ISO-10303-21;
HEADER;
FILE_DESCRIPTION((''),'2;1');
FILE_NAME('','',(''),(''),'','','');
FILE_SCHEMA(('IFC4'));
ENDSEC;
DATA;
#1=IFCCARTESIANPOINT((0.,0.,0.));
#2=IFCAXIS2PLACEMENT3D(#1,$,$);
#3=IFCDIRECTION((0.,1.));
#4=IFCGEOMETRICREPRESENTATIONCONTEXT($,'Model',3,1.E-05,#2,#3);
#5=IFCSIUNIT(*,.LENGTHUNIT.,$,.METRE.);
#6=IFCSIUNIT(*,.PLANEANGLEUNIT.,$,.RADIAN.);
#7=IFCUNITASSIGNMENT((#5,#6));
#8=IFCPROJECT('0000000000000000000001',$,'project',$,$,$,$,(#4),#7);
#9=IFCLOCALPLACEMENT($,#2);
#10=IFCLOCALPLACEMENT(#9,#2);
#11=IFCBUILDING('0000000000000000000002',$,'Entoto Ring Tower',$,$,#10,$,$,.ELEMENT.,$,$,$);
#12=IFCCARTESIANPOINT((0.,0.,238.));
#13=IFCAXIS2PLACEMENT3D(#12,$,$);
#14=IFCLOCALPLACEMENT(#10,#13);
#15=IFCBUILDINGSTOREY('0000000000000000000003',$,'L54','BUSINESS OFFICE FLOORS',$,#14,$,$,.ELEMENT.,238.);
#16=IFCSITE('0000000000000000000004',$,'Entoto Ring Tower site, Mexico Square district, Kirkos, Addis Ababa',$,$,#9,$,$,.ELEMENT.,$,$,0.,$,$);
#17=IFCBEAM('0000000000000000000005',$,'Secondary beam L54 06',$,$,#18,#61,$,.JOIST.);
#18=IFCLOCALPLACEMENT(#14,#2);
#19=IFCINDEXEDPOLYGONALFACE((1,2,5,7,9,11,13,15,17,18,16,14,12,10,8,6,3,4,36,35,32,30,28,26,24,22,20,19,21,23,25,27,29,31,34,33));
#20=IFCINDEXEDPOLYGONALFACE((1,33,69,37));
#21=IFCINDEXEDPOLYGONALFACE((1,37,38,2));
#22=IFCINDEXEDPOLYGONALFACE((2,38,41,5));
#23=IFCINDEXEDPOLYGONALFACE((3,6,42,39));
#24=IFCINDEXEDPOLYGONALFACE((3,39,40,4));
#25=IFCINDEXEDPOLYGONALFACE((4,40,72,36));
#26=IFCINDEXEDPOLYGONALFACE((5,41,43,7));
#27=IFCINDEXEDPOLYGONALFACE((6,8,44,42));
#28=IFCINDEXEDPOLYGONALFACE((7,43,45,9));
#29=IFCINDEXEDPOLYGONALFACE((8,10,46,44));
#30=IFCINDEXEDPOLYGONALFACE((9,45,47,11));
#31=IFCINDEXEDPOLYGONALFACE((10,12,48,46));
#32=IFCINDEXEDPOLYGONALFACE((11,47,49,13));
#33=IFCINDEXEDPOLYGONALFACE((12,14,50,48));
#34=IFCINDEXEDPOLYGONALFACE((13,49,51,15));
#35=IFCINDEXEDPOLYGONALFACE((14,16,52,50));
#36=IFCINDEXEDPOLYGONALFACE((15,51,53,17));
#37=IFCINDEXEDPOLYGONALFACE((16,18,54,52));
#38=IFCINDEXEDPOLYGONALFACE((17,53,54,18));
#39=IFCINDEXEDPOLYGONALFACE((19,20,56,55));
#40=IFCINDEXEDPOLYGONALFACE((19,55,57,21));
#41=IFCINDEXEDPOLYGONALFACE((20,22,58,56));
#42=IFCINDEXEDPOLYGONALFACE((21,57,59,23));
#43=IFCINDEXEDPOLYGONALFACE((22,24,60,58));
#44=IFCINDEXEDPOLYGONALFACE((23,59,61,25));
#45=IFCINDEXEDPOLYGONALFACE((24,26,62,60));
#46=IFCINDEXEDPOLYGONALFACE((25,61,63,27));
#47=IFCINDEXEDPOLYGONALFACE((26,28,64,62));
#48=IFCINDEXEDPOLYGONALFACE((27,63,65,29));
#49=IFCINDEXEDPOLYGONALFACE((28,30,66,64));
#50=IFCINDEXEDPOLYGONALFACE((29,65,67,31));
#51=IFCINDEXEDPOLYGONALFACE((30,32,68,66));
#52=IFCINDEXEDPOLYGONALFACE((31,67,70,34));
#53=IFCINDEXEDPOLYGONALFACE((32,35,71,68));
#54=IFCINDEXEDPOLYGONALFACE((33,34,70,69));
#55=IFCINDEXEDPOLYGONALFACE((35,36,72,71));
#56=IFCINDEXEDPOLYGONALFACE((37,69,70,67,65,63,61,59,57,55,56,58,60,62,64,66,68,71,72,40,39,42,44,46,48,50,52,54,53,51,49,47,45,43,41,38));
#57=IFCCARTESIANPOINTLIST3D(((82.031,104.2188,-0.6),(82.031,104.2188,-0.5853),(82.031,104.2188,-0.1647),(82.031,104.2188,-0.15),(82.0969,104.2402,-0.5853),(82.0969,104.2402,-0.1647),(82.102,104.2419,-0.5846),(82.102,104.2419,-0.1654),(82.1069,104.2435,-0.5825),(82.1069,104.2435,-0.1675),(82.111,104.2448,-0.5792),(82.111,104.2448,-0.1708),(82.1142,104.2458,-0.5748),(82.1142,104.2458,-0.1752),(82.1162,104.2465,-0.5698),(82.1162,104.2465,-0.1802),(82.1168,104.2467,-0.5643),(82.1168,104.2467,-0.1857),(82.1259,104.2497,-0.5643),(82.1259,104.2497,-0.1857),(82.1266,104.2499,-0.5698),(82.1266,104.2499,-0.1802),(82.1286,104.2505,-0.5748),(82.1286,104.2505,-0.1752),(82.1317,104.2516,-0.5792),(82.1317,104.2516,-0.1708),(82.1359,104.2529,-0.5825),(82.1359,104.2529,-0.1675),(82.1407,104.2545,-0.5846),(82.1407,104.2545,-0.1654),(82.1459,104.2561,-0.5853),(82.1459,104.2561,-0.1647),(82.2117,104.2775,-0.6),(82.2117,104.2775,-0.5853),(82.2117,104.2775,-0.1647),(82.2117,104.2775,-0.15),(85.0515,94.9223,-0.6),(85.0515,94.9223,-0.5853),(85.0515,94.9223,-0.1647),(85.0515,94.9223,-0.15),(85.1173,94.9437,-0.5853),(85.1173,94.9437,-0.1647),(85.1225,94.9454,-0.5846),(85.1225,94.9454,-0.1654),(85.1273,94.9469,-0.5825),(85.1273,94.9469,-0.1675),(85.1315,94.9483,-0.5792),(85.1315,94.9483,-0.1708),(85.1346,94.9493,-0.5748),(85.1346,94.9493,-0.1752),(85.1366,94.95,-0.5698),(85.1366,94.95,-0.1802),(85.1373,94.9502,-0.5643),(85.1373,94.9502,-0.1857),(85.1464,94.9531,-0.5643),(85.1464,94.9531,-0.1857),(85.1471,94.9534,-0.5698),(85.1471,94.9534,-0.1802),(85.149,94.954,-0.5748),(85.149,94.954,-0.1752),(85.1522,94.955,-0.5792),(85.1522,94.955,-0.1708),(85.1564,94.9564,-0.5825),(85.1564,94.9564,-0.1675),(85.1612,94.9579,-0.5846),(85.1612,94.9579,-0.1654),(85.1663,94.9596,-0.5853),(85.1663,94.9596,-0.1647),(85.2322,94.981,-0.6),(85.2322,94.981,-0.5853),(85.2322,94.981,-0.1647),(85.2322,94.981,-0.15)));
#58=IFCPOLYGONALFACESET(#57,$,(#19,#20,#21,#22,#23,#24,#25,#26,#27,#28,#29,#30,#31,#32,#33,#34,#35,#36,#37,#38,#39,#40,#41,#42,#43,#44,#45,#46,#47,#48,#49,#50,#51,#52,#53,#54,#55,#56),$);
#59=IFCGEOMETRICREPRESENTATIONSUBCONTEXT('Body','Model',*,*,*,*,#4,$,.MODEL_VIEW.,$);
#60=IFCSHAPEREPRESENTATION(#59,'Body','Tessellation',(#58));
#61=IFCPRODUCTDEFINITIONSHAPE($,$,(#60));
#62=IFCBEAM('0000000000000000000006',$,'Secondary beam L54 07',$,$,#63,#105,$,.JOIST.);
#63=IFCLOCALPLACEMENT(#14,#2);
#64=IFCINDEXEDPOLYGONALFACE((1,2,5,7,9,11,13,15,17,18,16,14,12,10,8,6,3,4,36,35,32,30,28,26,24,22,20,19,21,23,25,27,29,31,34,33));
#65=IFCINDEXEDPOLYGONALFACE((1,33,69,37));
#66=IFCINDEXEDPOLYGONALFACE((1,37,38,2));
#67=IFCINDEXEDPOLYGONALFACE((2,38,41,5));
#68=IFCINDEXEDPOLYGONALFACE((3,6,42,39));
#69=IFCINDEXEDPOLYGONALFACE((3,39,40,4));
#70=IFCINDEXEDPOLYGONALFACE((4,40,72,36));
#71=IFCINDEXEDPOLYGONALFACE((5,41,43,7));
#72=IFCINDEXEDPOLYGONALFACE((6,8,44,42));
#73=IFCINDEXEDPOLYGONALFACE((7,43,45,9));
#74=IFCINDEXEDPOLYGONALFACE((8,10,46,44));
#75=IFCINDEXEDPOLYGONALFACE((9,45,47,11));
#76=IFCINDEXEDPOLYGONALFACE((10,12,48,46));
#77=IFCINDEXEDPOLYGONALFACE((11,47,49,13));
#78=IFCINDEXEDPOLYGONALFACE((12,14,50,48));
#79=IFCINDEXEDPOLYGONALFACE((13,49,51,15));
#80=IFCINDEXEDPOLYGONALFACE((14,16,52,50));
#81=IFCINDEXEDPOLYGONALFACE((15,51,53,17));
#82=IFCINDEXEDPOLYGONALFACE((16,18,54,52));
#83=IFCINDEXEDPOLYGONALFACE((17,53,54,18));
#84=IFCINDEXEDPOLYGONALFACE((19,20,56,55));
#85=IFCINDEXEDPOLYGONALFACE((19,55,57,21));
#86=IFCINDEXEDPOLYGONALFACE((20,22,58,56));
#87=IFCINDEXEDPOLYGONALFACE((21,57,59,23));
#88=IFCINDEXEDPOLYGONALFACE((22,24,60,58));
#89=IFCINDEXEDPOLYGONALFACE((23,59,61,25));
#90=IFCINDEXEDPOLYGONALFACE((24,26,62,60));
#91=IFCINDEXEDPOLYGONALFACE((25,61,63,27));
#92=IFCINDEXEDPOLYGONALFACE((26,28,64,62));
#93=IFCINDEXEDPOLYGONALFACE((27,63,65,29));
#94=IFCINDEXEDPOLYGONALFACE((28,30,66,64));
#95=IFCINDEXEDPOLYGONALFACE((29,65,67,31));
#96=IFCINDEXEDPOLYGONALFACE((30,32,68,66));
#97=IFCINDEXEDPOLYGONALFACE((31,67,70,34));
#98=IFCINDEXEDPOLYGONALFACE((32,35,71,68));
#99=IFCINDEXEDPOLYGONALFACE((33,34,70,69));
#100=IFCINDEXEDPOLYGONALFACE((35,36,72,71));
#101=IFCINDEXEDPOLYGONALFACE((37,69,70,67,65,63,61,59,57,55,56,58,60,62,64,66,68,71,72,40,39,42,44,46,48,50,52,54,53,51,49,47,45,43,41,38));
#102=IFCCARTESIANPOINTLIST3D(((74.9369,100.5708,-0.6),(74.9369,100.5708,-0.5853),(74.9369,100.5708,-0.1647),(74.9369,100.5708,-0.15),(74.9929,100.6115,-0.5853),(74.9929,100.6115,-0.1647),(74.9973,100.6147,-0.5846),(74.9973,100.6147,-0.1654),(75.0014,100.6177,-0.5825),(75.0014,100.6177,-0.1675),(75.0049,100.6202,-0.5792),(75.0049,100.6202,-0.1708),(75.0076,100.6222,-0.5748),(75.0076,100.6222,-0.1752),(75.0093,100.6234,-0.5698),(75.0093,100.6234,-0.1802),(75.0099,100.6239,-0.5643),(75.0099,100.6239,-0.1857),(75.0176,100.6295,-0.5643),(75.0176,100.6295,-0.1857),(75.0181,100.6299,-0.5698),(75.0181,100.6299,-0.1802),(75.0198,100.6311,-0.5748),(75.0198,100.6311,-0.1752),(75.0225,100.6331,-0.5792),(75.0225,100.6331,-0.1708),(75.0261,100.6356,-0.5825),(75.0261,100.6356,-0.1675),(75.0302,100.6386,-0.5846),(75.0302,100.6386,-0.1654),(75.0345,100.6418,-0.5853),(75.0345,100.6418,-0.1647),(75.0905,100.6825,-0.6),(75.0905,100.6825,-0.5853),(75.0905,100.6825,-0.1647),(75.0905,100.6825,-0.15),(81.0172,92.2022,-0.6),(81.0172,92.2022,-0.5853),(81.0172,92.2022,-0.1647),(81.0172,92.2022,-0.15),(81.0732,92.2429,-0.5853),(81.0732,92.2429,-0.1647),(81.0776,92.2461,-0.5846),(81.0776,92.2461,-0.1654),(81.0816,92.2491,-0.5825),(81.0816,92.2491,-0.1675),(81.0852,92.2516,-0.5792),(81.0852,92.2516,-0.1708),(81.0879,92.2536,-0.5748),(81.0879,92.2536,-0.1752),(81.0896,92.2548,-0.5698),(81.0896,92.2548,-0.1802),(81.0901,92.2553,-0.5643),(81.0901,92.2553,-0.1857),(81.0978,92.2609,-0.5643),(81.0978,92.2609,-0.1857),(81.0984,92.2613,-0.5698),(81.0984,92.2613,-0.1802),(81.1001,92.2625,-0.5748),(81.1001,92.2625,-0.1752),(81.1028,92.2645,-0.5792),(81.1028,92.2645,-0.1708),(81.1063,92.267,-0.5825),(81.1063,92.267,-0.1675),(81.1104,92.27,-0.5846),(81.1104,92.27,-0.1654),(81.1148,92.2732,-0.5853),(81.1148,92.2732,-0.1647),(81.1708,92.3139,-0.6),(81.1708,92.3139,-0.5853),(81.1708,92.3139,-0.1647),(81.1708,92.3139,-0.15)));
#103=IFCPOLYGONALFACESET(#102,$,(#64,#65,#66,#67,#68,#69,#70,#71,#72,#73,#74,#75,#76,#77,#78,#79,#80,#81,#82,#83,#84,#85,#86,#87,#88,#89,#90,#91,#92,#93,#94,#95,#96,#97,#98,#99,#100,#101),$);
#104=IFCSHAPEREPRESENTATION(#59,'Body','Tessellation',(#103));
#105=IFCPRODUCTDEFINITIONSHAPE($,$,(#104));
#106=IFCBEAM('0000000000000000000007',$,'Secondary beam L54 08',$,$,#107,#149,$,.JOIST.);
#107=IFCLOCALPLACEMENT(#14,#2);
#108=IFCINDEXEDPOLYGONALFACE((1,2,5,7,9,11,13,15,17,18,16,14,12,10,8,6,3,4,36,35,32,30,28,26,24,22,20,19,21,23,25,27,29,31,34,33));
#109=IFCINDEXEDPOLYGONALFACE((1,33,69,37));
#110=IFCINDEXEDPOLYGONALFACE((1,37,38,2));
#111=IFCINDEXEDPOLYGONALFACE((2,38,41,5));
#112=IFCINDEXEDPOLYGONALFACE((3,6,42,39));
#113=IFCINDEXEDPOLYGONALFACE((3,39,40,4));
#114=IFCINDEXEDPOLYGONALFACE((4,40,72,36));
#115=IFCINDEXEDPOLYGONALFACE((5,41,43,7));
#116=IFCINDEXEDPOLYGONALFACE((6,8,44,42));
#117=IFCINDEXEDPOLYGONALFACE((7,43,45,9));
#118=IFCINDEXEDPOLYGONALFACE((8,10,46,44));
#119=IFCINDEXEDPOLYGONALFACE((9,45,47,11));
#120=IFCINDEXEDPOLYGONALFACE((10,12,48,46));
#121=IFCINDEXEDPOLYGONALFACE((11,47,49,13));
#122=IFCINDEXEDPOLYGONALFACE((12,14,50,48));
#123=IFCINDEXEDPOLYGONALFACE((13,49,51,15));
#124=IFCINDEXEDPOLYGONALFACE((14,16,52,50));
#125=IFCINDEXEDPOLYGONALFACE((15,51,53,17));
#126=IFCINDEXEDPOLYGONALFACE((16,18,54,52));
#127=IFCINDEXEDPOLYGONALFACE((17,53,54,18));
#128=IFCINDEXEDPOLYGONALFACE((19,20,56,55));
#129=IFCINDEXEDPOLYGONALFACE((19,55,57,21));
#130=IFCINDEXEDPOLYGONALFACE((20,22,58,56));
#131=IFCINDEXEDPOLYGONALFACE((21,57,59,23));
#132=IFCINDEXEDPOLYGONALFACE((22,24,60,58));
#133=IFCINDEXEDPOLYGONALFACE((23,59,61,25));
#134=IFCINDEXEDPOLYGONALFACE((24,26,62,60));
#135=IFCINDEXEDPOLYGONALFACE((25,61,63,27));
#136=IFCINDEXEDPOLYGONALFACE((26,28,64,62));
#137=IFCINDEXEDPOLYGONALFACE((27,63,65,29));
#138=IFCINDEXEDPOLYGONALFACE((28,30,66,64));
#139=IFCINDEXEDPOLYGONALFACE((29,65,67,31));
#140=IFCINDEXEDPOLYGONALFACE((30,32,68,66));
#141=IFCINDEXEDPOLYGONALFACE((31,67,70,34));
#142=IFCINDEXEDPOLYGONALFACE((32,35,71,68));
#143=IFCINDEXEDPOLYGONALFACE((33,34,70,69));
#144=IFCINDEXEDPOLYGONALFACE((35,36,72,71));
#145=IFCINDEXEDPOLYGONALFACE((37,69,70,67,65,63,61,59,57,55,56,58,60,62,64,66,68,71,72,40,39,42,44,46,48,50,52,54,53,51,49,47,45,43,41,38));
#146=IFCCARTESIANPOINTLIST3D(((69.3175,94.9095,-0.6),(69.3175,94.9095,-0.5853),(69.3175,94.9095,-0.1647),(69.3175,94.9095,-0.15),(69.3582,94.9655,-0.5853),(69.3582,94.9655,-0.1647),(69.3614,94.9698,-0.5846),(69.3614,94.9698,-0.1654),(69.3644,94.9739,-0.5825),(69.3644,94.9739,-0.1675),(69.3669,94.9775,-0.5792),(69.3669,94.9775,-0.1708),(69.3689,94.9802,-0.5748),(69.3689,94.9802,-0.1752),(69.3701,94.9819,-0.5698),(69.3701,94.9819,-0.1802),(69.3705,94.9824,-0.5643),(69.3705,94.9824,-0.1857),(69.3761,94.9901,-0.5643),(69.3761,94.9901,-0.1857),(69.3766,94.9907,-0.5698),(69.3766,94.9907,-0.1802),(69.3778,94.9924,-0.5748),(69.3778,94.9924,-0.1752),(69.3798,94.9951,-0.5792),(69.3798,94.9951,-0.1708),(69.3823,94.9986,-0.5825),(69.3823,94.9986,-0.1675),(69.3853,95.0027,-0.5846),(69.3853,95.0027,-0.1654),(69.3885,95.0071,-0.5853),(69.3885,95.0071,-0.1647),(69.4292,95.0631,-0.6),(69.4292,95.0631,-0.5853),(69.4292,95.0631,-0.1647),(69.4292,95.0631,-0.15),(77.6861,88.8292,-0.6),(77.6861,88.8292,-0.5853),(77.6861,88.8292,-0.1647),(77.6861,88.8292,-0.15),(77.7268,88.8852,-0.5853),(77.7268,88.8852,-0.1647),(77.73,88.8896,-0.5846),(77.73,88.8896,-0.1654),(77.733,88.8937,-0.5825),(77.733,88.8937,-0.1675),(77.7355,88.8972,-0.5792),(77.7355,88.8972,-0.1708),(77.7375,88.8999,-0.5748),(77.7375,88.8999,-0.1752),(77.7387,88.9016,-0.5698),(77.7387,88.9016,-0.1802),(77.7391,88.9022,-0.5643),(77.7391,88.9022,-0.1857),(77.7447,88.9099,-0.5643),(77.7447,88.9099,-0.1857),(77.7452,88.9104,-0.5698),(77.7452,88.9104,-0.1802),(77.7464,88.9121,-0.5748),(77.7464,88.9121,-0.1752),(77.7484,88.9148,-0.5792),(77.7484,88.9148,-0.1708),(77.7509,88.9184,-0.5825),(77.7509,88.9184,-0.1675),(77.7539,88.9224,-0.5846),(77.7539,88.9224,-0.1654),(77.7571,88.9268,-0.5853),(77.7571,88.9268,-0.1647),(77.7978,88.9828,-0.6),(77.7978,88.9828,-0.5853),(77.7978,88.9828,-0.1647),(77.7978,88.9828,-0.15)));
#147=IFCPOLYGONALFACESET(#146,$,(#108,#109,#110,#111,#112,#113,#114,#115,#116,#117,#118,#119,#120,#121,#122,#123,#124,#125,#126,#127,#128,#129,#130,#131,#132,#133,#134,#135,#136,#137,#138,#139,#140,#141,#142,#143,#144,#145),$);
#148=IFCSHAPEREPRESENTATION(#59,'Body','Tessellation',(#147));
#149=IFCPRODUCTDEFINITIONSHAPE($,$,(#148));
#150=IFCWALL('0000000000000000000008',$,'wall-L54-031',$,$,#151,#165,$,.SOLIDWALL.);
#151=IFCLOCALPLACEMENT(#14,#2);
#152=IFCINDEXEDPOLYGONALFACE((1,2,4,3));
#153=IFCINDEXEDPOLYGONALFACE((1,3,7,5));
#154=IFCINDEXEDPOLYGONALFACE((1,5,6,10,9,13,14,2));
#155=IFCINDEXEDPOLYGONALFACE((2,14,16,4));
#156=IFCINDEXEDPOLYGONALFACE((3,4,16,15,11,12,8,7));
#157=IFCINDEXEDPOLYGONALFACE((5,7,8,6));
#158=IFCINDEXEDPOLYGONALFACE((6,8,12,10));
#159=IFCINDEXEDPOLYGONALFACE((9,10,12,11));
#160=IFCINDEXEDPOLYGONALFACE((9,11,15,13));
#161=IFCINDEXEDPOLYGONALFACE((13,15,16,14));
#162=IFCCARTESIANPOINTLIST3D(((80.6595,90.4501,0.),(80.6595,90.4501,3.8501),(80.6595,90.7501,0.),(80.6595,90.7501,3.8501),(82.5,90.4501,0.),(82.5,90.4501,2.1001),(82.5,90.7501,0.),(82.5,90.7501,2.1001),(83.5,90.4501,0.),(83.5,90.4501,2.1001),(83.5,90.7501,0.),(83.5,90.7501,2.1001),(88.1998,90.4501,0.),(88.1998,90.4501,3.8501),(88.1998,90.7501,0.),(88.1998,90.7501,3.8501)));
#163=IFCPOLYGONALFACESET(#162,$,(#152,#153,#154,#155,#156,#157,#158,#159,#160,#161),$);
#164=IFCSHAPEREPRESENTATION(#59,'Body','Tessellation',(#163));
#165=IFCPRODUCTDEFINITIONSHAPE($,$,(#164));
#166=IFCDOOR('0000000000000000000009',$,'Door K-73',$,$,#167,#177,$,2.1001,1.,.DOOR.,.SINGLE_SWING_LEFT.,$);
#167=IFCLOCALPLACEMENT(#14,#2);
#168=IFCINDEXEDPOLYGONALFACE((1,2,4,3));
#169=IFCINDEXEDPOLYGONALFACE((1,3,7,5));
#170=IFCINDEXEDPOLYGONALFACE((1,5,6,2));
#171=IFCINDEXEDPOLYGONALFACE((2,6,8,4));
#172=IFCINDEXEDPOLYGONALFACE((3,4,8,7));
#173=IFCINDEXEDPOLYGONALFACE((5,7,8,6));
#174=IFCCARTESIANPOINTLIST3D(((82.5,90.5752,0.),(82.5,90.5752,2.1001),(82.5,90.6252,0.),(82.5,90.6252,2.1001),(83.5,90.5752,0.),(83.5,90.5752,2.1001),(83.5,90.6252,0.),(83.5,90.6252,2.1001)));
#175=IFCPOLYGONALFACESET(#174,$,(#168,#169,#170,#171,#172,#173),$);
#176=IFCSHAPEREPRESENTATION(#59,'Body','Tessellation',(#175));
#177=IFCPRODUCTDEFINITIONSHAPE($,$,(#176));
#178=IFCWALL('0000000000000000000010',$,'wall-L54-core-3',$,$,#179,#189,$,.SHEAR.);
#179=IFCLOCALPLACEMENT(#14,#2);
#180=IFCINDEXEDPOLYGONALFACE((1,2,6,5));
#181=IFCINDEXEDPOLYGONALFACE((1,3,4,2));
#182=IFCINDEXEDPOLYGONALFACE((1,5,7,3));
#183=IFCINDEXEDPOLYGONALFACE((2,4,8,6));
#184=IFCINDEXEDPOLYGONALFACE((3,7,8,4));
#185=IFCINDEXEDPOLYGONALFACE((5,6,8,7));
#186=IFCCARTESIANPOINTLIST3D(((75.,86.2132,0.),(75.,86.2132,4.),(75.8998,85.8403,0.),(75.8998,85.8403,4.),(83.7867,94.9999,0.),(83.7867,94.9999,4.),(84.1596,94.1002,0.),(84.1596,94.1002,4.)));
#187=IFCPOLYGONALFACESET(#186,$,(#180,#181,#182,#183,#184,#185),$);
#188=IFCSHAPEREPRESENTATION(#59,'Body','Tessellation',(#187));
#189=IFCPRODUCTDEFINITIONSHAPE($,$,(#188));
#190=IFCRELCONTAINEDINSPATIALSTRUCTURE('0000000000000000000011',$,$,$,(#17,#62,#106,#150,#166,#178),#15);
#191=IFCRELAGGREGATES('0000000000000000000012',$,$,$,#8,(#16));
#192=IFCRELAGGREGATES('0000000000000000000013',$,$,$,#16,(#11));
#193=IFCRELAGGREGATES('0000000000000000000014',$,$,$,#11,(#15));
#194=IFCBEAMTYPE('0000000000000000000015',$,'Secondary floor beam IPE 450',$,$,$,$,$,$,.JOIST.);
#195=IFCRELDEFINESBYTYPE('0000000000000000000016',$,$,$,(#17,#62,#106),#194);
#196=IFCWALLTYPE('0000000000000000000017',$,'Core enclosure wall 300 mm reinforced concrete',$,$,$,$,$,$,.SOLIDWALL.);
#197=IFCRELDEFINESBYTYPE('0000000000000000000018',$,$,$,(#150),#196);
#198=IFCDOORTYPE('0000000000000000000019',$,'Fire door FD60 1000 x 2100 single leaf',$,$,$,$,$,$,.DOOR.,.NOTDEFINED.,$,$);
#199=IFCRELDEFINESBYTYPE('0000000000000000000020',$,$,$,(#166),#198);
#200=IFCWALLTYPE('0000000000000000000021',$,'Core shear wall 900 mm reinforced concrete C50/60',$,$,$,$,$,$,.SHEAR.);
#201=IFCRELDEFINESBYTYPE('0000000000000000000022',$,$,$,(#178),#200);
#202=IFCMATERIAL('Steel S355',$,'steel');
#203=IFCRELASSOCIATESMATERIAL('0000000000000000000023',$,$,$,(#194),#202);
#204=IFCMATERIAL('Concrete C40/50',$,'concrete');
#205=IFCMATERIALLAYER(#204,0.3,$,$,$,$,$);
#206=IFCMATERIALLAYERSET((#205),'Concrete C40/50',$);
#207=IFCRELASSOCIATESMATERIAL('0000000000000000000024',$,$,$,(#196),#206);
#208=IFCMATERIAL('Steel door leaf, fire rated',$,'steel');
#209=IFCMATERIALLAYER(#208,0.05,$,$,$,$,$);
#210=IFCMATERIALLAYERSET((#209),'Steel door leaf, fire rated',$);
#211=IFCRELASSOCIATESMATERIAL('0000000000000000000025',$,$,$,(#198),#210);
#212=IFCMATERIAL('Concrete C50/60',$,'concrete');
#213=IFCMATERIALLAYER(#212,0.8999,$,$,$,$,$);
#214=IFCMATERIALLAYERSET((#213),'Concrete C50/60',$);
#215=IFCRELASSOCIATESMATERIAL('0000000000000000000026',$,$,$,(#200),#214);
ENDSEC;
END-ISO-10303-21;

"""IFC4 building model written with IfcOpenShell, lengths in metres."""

from ifc_helpers import new_model, si_unit, direction, frame, frame_2d, origin, origin_2d, place, context, subcontext, project, spatial, polyline, rectangle, i_section, outline, extrude, material, layer, layer_set, material_profile, profile_set, type_object, element, fill, save


model = new_model("IFC4")

# Units and contexts
model_context = context("Model", 3, precision=1e-05, world=origin(), true_north=direction((0.0, 1.0)))
body_context = subcontext(model_context, "Body", "Model", "MODEL_VIEW")
ifc_project = project(units=[si_unit("LENGTHUNIT", "METRE"), si_unit("PLANEANGLEUNIT", "RADIAN")], contexts=[model_context])

# Site, building, storey
site_placement = place(None, origin())
site = spatial("IfcSite", under=ifc_project, at=site_placement, Name="Entoto Ring Tower site, Mexico Square district, Kirkos, Addis Ababa", CompositionType="ELEMENT", RefElevation=0.0)
building_placement = place(site_placement, origin())
building = spatial("IfcBuilding", under=site, at=building_placement, Name="Entoto Ring Tower", CompositionType="ELEMENT")
storey_placement = place(building_placement, frame((0.0, 0.0, 238.0)))
storey = spatial("IfcBuildingStorey", under=building, at=storey_placement, Name="L54", Description="BUSINESS OFFICE FLOORS", CompositionType="ELEMENT", Elevation=238.0)

# Beams
ifc_material_1 = material(Name="Steel S355", Category="steel")
ifc_material_profile_1 = material_profile(ifc_material_1, i_section(OverallWidth=0.1899, OverallDepth=0.45, WebThickness=0.0095, FlangeThickness=0.0146, FilletRadius=0.021, at=origin_2d()), Name="IPE 450")
ifc_profile_set_1 = profile_set([ifc_material_profile_1], Name="Steel S355")
beam_type_1 = type_object("IfcBeamType", Name="Secondary floor beam IPE 450", PredefinedType="JOIST", material=ifc_profile_set_1)
beam_1_placement = place(storey_placement, frame((85.1418, 94.9517, -0.375), z_axis=(-0.309003, 0.951061, 0.0), x_axis=(-0.951061, -0.309003, 0.0)))
element("IfcBeam", 1, at=beam_1_placement, inside=storey, type_object=beam_type_1, Name="Secondary beam L54 06", PredefinedType="JOIST", context=body_context, shape_type="SweptSolid", body=[
    extrude(i_section(OverallWidth=0.1899, OverallDepth=0.45, WebThickness=0.0095, FlangeThickness=0.0146, FilletRadius=0.021, at=origin_2d()), origin(), (0.0, 0.0, 1.0), 9.7749),
])
for number, where, z_axis, x_axis, name in (
    (2, (81.094, 92.2581, -0.375), (-0.587794, 0.809011, 0.0), (-0.809011, -0.587794, 0.0), "Secondary beam L54 07"),
    (3, (77.7419, 88.906, -0.375), (-0.809011, 0.587794, 0.0), (-0.587794, -0.809011, 0.0), "Secondary beam L54 08"),
):
    element("IfcBeam", number, at=place(storey_placement, frame(where, z_axis=z_axis, x_axis=x_axis)), inside=storey, type_object=beam_type_1, Name=name, PredefinedType="JOIST", context=body_context, shape_type="SweptSolid", body=[
        extrude(i_section(OverallWidth=0.1899, OverallDepth=0.45, WebThickness=0.0095, FlangeThickness=0.0146, FilletRadius=0.021, at=origin_2d()), origin(), (0.0, 0.0, 1.0), 10.3442),
    ])

# Wall, opening, door
ifc_material_2 = material(Name="Concrete C40/50", Category="concrete")
ifc_layer_1 = layer(ifc_material_2, 0.3)
ifc_layer_set_1 = layer_set([ifc_layer_1], Name="Concrete C40/50")
wall_type_1 = type_object("IfcWallType", Name="Core enclosure wall 300 mm reinforced concrete", PredefinedType="SOLIDWALL", material=ifc_layer_set_1)
wall_1_placement = place(storey_placement, frame((80.6597, 90.6001, 0.0), z_axis=(0.0, 0.0, 1.0), x_axis=(1.0, 0.0, 0.0)))
wall_1 = element("IfcWall", 4, at=wall_1_placement, inside=storey, type_object=wall_type_1, Name="wall-L54-031", PredefinedType="SOLIDWALL", context=body_context, shape_type="SweptSolid", body=[
    extrude(rectangle(XDim=7.5403, YDim=0.3, at=frame_2d((3.77, 0.0))), origin(), (0.0, 0.0, 1.0), 3.8501),
])
opening_1_placement = place(wall_1_placement, frame((1.8403, 0.0, 0.0)))
opening_1 = element("IfcOpeningElement", 5, at=opening_1_placement, cuts=wall_1, PredefinedType="OPENING", context=body_context, shape_type="SweptSolid", body=[
    extrude(rectangle(XDim=1.0, YDim=2.1001, at=frame_2d((0.5, 1.05))), frame((0.0, 0.1602, 0.0), z_axis=(0.0, -1.0, 0.0), x_axis=(1.0, 0.0, 0.0)), (0.0, 0.0, 1.0), 0.3201),
])
ifc_material_3 = material(Name="Steel door leaf, fire rated", Category="steel")
ifc_layer_2 = layer(ifc_material_3, 0.05)
ifc_layer_set_2 = layer_set([ifc_layer_2], Name="Steel door leaf, fire rated")
door_type_1 = type_object("IfcDoorType", Name="Fire door FD60 1000 x 2100 single leaf", OperationType="NOTDEFINED", PredefinedType="DOOR", material=ifc_layer_set_2)
door_1_placement = place(opening_1_placement, frame((1.0, 0.0, 0.0), z_axis=(0.0, 0.0, 1.0), x_axis=(-1.0, 0.0, 0.0)))
door_1 = element("IfcDoor", 6, at=door_1_placement, inside=storey, type_object=door_type_1, Name="Door K-73", OperationType="SINGLE_SWING_LEFT", OverallHeight=2.1001, OverallWidth=1.0, PredefinedType="DOOR", context=body_context, shape_type="SweptSolid", body=[
    extrude(rectangle(XDim=1.0, YDim=2.1001, at=frame_2d((0.5, 1.05))), frame((0.0, 0.0249, 0.0), z_axis=(0.0, -1.0, 0.0), x_axis=(1.0, 0.0, 0.0)), (0.0, 0.0, 1.0), 0.05),
])
fill(opening_1, door_1)

# Wall
ifc_material_4 = material(Name="Concrete C50/60", Category="concrete")
ifc_layer_3 = layer(ifc_material_4, 0.8999)
ifc_layer_set_3 = layer_set([ifc_layer_3], Name="Concrete C50/60")
wall_type_2 = type_object("IfcWallType", Name="Core shear wall 900 mm reinforced concrete C50/60", PredefinedType="SHEAR", material=ifc_layer_set_3)
wall_2_placement = place(storey_placement, frame((83.9731, 94.55, 0.0), z_axis=(0.0, 0.0, 1.0), x_axis=(-0.707107, -0.707107, 0.0)))
element("IfcWall", 7, at=wall_2_placement, inside=storey, type_object=wall_type_2, Name="wall-L54-core-3", PredefinedType="SHEAR", context=body_context, shape_type="SweptSolid", body=[
    extrude(outline(polyline([(-0.1863, -0.45), (12.24, -0.45), (11.8674, 0.45), (0.1863, 0.45), (-0.1863, -0.45)])), origin(), (0.0, 0.0, 1.0), 4.0),
])

save(model, "model.ifc")
